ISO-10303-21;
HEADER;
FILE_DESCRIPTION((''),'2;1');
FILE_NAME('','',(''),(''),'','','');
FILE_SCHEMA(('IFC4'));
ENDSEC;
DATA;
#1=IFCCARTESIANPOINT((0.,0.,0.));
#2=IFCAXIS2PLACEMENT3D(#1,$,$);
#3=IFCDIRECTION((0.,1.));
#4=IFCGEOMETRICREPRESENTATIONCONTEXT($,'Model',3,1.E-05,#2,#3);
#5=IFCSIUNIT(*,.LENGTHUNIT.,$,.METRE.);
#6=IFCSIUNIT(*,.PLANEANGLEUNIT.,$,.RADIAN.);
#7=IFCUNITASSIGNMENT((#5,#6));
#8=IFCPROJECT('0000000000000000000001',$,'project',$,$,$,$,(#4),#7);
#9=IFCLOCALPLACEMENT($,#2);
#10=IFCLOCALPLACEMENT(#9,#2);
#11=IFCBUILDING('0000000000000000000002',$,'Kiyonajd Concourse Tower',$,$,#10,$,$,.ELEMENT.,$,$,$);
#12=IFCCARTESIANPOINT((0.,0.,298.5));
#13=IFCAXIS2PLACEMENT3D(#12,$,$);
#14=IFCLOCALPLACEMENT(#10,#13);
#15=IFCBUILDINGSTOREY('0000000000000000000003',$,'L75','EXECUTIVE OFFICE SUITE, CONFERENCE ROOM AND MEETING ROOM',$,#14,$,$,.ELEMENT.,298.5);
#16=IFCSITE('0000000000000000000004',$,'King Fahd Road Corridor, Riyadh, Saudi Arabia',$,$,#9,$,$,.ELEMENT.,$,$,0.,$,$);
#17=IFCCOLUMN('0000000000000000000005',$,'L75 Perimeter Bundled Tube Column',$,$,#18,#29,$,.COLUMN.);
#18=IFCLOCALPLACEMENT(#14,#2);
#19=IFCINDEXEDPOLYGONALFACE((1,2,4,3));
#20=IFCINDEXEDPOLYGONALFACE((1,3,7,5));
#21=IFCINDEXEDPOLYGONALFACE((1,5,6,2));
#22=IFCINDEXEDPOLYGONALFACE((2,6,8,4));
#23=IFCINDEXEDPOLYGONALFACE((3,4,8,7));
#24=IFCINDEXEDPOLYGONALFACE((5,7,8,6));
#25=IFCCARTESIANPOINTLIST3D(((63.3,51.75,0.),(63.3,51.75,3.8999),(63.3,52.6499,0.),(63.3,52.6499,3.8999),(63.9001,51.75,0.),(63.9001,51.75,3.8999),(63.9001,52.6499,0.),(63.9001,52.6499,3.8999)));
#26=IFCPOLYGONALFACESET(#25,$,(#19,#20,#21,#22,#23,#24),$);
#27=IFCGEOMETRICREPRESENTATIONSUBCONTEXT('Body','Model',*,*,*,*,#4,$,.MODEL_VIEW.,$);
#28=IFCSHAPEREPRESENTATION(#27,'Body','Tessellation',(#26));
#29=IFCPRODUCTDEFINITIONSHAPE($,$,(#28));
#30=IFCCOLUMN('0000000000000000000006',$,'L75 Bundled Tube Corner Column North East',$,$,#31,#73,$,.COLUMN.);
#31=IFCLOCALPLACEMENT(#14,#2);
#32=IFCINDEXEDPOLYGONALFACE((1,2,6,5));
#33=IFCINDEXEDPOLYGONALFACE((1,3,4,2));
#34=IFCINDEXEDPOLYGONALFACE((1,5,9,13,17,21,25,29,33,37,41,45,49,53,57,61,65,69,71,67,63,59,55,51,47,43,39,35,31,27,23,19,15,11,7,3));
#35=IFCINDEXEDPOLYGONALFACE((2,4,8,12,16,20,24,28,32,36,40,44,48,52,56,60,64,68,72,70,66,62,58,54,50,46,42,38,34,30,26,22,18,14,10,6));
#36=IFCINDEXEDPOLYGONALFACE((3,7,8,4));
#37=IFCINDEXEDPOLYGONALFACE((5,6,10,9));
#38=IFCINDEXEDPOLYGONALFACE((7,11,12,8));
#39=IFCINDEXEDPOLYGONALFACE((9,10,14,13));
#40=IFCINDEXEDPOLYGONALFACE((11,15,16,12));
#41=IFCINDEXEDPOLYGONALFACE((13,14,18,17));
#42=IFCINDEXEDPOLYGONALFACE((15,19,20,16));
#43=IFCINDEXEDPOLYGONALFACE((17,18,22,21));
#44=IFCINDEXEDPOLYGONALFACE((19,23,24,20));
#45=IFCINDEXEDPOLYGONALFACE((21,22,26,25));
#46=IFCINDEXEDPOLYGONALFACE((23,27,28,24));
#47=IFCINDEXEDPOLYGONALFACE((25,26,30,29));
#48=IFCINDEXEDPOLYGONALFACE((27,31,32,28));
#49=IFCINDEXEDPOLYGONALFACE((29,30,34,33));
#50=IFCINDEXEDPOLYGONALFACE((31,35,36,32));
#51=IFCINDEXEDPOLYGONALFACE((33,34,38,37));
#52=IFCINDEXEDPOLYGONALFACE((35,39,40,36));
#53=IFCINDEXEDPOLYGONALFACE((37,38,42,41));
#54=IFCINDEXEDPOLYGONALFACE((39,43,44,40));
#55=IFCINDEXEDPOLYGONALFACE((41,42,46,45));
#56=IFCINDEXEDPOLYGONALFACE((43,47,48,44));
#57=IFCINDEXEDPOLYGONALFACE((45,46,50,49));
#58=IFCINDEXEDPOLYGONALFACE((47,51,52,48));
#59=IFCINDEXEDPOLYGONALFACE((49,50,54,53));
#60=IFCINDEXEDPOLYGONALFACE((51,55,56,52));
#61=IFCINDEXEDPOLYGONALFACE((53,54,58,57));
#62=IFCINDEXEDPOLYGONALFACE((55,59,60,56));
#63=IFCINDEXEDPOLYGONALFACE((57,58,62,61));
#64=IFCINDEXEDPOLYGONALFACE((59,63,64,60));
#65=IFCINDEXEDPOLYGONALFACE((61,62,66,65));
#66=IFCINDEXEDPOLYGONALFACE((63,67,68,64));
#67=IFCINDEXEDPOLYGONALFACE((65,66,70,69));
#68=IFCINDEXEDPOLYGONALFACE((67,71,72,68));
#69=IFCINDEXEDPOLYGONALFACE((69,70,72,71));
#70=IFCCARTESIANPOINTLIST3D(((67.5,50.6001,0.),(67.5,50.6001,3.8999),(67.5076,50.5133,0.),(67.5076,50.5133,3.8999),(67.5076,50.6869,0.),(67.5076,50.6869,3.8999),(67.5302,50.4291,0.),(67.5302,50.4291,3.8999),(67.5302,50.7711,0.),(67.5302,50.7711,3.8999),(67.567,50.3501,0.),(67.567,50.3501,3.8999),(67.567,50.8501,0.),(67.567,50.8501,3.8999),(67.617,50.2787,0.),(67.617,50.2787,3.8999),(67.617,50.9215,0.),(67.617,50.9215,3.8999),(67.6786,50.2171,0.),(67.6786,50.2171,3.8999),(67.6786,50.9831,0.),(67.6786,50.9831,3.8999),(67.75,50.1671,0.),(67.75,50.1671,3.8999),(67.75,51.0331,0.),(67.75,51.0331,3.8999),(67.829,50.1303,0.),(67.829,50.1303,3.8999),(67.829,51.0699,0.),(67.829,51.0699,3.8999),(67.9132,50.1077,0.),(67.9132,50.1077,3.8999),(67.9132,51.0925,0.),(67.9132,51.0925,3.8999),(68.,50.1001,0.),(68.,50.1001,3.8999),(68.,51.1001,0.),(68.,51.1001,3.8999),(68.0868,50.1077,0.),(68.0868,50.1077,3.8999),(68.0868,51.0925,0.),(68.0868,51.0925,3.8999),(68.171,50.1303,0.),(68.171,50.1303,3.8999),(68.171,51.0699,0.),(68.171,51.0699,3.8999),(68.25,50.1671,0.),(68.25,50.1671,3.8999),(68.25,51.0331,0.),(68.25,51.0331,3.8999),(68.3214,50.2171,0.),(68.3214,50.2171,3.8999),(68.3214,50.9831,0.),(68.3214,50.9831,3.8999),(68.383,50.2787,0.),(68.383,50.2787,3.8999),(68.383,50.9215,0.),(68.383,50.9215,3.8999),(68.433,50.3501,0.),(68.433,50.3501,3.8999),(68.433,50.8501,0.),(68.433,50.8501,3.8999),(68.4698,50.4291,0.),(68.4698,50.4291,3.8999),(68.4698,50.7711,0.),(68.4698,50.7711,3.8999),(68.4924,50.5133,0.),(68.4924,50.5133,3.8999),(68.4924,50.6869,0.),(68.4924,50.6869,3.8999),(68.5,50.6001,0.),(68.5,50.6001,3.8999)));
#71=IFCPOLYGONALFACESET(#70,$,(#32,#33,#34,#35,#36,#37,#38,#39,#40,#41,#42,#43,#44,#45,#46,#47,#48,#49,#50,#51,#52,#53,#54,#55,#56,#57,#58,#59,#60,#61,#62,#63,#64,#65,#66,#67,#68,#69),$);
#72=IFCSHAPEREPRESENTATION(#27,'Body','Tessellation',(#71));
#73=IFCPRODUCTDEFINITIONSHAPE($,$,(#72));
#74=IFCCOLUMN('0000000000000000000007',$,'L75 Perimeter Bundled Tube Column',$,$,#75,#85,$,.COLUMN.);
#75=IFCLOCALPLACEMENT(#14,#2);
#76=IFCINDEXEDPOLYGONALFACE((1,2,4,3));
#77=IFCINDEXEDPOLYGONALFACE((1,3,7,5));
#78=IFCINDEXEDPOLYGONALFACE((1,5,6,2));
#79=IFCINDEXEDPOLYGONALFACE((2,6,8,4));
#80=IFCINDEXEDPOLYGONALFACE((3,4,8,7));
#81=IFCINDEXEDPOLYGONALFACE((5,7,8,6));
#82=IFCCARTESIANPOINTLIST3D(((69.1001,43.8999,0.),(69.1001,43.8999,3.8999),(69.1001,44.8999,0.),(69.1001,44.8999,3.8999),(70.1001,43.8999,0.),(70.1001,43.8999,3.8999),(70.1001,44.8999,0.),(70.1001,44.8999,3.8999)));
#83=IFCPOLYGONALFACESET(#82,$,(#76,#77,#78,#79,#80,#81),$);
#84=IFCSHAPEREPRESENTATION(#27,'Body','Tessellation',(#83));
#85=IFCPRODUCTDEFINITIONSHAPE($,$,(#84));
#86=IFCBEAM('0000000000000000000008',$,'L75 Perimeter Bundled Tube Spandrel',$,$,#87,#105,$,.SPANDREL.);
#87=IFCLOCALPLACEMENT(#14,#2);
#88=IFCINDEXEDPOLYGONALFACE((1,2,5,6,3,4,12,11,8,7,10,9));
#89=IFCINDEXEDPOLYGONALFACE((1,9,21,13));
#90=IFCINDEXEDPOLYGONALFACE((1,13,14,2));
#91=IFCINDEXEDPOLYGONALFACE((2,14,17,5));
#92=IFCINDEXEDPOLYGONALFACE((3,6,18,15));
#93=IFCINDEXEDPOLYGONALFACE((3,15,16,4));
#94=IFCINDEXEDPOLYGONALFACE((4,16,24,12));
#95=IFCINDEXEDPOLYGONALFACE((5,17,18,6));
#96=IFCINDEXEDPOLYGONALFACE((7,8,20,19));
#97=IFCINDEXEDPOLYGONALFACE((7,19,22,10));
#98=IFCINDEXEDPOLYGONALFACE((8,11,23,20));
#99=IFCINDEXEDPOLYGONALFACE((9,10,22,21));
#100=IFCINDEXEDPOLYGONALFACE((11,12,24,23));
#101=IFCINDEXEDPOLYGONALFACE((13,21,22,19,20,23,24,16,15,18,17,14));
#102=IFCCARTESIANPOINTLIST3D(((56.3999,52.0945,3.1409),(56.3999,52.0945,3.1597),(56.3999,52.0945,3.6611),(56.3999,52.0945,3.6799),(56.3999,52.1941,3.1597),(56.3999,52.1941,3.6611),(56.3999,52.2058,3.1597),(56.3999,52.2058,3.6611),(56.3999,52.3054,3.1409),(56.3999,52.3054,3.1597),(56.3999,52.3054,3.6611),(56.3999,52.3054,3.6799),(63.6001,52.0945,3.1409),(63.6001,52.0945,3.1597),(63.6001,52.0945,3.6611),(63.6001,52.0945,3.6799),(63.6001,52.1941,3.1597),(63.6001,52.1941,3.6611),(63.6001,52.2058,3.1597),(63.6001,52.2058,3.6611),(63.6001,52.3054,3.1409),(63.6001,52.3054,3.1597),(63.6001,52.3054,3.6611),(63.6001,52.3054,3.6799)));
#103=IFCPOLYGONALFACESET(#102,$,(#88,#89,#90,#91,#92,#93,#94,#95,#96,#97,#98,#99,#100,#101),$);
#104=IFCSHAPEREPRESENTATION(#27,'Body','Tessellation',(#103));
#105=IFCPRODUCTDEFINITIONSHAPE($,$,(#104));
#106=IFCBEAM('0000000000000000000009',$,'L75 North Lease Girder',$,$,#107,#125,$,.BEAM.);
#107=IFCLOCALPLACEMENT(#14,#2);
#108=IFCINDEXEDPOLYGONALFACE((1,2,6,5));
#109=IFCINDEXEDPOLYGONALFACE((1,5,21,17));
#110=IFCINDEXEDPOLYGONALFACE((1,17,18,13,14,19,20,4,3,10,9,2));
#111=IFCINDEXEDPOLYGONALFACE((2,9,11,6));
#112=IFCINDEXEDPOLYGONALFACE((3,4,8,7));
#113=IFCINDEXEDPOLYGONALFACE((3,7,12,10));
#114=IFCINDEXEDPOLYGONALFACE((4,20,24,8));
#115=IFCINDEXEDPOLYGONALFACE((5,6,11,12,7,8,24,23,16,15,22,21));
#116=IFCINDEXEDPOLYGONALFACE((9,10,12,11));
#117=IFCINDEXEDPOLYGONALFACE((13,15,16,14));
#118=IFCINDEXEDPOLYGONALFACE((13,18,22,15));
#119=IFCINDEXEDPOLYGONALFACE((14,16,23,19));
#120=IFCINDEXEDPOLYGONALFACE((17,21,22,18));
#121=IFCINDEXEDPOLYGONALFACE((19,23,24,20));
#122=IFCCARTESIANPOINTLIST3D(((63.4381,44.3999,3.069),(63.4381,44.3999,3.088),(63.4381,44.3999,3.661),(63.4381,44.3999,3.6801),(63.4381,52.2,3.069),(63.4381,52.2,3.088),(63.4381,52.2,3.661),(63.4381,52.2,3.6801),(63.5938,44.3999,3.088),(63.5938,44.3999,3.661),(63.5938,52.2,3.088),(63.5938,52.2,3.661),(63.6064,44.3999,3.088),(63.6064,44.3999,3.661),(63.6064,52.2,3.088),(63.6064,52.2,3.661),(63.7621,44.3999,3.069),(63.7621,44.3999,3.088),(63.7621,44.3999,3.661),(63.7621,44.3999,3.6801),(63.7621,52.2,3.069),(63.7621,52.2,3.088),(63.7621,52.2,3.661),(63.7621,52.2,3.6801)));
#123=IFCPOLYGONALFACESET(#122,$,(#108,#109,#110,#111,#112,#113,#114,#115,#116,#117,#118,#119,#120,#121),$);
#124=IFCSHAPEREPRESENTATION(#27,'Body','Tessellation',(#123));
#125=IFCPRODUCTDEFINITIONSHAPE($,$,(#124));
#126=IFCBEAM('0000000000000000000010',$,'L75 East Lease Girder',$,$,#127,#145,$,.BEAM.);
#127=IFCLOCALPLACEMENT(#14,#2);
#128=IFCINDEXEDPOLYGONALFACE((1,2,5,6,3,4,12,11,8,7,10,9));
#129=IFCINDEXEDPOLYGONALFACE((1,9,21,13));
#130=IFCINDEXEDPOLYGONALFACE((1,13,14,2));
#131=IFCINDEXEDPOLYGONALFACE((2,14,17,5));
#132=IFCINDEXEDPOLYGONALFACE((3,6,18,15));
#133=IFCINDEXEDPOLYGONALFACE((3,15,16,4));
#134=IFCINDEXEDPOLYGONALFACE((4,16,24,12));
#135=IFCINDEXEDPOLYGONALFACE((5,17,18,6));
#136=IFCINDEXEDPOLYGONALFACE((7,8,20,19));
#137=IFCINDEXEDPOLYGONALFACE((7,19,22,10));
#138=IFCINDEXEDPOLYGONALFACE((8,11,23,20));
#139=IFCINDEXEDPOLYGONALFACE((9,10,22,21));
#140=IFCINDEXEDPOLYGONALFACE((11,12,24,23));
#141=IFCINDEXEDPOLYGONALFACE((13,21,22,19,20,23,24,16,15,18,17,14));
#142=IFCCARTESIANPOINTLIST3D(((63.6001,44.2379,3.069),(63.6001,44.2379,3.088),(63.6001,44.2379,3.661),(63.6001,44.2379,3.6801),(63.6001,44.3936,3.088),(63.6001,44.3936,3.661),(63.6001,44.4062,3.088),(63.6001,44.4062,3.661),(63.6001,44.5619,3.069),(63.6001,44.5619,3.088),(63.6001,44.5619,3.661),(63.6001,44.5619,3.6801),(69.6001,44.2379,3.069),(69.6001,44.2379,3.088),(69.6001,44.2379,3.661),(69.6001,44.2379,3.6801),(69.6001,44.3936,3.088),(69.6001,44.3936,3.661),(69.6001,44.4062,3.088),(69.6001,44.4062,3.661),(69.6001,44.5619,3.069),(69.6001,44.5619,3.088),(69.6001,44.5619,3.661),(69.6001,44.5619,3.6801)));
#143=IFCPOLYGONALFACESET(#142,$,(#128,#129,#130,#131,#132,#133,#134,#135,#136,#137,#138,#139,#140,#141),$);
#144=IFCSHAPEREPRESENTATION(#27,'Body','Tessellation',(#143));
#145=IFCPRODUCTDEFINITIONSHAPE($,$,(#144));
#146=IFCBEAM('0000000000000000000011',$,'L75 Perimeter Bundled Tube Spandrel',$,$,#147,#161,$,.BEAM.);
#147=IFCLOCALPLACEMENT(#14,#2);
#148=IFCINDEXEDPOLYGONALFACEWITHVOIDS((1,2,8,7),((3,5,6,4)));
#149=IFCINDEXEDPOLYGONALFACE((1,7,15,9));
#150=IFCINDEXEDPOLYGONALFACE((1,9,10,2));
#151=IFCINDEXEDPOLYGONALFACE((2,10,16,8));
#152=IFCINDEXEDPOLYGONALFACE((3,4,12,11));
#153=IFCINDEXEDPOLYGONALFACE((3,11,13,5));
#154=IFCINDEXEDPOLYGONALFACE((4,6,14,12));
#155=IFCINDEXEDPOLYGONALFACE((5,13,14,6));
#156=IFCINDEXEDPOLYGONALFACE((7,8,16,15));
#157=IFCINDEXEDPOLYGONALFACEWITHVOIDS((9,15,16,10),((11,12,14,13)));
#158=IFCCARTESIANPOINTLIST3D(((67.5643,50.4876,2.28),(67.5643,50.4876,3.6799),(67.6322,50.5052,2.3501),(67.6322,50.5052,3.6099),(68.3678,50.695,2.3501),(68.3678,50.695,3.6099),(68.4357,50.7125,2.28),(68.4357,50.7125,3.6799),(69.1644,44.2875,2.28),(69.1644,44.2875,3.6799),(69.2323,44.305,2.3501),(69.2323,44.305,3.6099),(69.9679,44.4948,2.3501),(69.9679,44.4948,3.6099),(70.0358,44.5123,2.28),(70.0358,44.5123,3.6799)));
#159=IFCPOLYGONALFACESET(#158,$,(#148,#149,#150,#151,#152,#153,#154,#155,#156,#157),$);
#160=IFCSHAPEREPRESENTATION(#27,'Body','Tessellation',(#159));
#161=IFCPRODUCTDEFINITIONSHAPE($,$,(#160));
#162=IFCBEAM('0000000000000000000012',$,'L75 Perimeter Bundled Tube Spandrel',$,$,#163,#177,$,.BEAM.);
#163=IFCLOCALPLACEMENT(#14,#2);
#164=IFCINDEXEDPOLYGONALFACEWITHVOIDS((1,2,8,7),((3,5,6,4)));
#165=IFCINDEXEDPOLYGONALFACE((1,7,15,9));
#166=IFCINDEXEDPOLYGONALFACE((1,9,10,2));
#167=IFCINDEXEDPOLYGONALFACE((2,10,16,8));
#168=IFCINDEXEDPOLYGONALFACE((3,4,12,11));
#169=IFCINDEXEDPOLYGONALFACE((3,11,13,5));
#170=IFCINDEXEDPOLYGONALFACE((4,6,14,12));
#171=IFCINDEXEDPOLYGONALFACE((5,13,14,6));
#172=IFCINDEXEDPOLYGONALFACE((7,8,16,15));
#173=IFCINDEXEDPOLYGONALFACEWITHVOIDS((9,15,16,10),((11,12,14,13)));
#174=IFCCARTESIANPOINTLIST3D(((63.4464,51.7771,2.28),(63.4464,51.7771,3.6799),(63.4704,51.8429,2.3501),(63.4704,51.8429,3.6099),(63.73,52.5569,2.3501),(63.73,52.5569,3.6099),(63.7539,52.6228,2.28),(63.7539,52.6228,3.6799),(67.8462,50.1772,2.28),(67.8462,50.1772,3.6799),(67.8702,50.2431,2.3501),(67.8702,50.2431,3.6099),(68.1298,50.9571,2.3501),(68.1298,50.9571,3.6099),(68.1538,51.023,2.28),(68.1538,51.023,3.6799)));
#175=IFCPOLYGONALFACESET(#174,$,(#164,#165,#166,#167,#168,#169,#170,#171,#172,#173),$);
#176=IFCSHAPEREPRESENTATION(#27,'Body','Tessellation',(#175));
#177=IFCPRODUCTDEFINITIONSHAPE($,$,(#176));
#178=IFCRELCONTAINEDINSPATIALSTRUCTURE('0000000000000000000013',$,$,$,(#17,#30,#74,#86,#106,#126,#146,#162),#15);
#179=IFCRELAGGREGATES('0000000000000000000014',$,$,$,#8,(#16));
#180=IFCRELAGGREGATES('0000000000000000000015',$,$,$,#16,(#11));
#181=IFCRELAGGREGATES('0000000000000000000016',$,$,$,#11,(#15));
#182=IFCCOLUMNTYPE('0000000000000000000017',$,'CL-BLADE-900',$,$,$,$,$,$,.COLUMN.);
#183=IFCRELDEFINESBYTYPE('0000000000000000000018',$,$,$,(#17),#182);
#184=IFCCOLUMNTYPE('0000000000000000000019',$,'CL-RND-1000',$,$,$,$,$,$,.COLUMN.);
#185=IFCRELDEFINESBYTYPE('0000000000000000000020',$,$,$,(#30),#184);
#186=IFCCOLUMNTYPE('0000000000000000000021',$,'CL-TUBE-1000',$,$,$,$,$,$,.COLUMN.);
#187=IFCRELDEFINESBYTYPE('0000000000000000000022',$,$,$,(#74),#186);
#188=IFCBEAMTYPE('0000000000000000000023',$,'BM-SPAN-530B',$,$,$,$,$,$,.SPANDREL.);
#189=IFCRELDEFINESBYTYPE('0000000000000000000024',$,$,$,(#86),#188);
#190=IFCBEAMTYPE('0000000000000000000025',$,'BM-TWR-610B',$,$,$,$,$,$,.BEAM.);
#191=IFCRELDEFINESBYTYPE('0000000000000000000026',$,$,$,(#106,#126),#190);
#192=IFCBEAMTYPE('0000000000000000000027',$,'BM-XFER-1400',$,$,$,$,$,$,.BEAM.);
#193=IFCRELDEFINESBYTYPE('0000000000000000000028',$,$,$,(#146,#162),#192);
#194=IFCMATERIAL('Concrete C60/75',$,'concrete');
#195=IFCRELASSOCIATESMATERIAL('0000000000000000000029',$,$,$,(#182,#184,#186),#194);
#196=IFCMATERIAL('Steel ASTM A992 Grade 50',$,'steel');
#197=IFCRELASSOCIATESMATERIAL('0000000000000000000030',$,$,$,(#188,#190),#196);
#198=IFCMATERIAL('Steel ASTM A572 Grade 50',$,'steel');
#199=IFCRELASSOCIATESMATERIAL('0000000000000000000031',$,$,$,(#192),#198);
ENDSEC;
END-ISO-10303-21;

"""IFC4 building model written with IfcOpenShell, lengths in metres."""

from ifc_helpers import new_model, si_unit, direction, frame, origin, origin_2d, place, context, subcontext, project, spatial, rectangle, hollow_rectangle, circle, i_section, extrude, material, material_profile, profile_set, type_object, element, save


model = new_model("IFC4")

# Units and contexts
model_context = context("Model", 3, precision=1e-05, world=origin(), true_north=direction((0.0, 1.0)))
body_context = subcontext(model_context, "Body", "Model", "MODEL_VIEW")
ifc_project = project(units=[si_unit("LENGTHUNIT", "METRE"), si_unit("PLANEANGLEUNIT", "RADIAN")], contexts=[model_context])

# Site, building, storey
site_placement = place(None, origin())
site = spatial("IfcSite", under=ifc_project, at=site_placement, Name="King Fahd Road Corridor, Riyadh, Saudi Arabia", CompositionType="ELEMENT", RefElevation=0.0)
building_placement = place(site_placement, origin())
building = spatial("IfcBuilding", under=site, at=building_placement, Name="Kiyonajd Concourse Tower", CompositionType="ELEMENT")
storey_placement = place(building_placement, frame((0.0, 0.0, 298.5)))
storey = spatial("IfcBuildingStorey", under=building, at=storey_placement, Name="L75", Description="EXECUTIVE OFFICE SUITE, CONFERENCE ROOM AND MEETING ROOM", CompositionType="ELEMENT", Elevation=298.5)

# Columns
ifc_material_1 = material(Name="Concrete C60/75", Category="concrete")
ifc_material_profile_1 = material_profile(ifc_material_1, rectangle(XDim=0.6001, YDim=0.8999, at=origin_2d()), Name="RC-900x600")
ifc_profile_set_1 = profile_set([ifc_material_profile_1], Name="Concrete C60/75")
column_type_1 = type_object("IfcColumnType", Name="CL-BLADE-900", PredefinedType="COLUMN", material=ifc_profile_set_1)
column_1_placement = place(storey_placement, frame((63.6001, 52.2, 0.0), z_axis=(0.0, 0.0, 1.0), x_axis=(1.0, 0.0, 0.0)))
element("IfcColumn", 1, at=column_1_placement, inside=storey, type_object=column_type_1, Name="L75 Perimeter Bundled Tube Column", PredefinedType="COLUMN", context=body_context, shape_type="SweptSolid", body=[
    extrude(rectangle(XDim=0.6001, YDim=0.8999, at=origin_2d()), origin(), (0.0, 0.0, 1.0), 3.8999),
])
ifc_material_profile_2 = material_profile(ifc_material_1, circle(Radius=0.5, at=origin_2d()), Name="RCC-D1000")
ifc_profile_set_2 = profile_set([ifc_material_profile_2], Name="Concrete C60/75")
column_type_2 = type_object("IfcColumnType", Name="CL-RND-1000", PredefinedType="COLUMN", material=ifc_profile_set_2)
column_2_placement = place(storey_placement, frame((68.0, 50.6001, 0.0), z_axis=(0.0, 0.0, 1.0), x_axis=(1.0, 0.0, 0.0)))
element("IfcColumn", 2, at=column_2_placement, inside=storey, type_object=column_type_2, Name="L75 Bundled Tube Corner Column North East", PredefinedType="COLUMN", context=body_context, shape_type="SweptSolid", body=[
    extrude(circle(Radius=0.5, at=origin_2d()), origin(), (0.0, 0.0, 1.0), 3.8999),
])
ifc_material_profile_3 = material_profile(ifc_material_1, rectangle(XDim=1.0, YDim=1.0, at=origin_2d()), Name="RC-1000x1000")
ifc_profile_set_3 = profile_set([ifc_material_profile_3], Name="Concrete C60/75")
column_type_3 = type_object("IfcColumnType", Name="CL-TUBE-1000", PredefinedType="COLUMN", material=ifc_profile_set_3)
column_3_placement = place(storey_placement, frame((69.6001, 44.3999, 0.0), z_axis=(0.0, 0.0, 1.0), x_axis=(1.0, 0.0, 0.0)))
element("IfcColumn", 3, at=column_3_placement, inside=storey, type_object=column_type_3, Name="L75 Perimeter Bundled Tube Column", PredefinedType="COLUMN", context=body_context, shape_type="SweptSolid", body=[
    extrude(rectangle(XDim=1.0, YDim=1.0, at=origin_2d()), origin(), (0.0, 0.0, 1.0), 3.8999),
])

# Beams
ifc_material_2 = material(Name="Steel ASTM A992 Grade 50", Category="steel")
ifc_material_profile_4 = material_profile(ifc_material_2, i_section(OverallWidth=0.2109, OverallDepth=0.5391, WebThickness=0.0117, FlangeThickness=0.0188, at=origin_2d()), Name="W530X109")
ifc_profile_set_4 = profile_set([ifc_material_profile_4], Name="Steel ASTM A992 Grade 50")
beam_type_1 = type_object("IfcBeamType", Name="BM-SPAN-530B", PredefinedType="SPANDREL", material=ifc_profile_set_4)
beam_1_placement = place(storey_placement, frame((63.6001, 52.2, 3.4104), z_axis=(-1.0, 0.0, 0.0), x_axis=(0.0, -1.0, 0.0)))
element("IfcBeam", 4, at=beam_1_placement, inside=storey, type_object=beam_type_1, Name="L75 Perimeter Bundled Tube Spandrel", PredefinedType="SPANDREL", context=body_context, shape_type="SweptSolid", body=[
    extrude(i_section(OverallWidth=0.2109, OverallDepth=0.5391, WebThickness=0.0117, FlangeThickness=0.0188, at=origin_2d()), origin(), (0.0, 0.0, 1.0), 7.2002),
])
ifc_material_profile_5 = material_profile(ifc_material_2, i_section(OverallWidth=0.324, OverallDepth=0.6111, WebThickness=0.0127, FlangeThickness=0.019, at=origin_2d()), Name="W610X155")
ifc_profile_set_5 = profile_set([ifc_material_profile_5], Name="Steel ASTM A992 Grade 50")
beam_type_2 = type_object("IfcBeamType", Name="BM-TWR-610B", PredefinedType="BEAM", material=ifc_profile_set_5)
beam_2_placement = place(storey_placement, frame((63.6001, 44.3999, 3.3745), z_axis=(0.0, 1.0, 0.0), x_axis=(-1.0, 0.0, 0.0)))
element("IfcBeam", 5, at=beam_2_placement, inside=storey, type_object=beam_type_2, Name="L75 North Lease Girder", PredefinedType="BEAM", context=body_context, shape_type="SweptSolid", body=[
    extrude(i_section(OverallWidth=0.324, OverallDepth=0.6111, WebThickness=0.0127, FlangeThickness=0.019, at=origin_2d()), origin(), (0.0, 0.0, 1.0), 7.8),
])
beam_3_placement = place(storey_placement, frame((63.6001, 44.3999, 3.3745), z_axis=(1.0, 0.0, 0.0), x_axis=(0.0, 1.0, 0.0)))
element("IfcBeam", 6, at=beam_3_placement, inside=storey, type_object=beam_type_2, Name="L75 East Lease Girder", PredefinedType="BEAM", context=body_context, shape_type="SweptSolid", body=[
    extrude(i_section(OverallWidth=0.324, OverallDepth=0.6111, WebThickness=0.0127, FlangeThickness=0.019, at=origin_2d()), origin(), (0.0, 0.0, 1.0), 6.0),
])
ifc_material_3 = material(Name="Steel ASTM A572 Grade 50", Category="steel")
ifc_material_profile_6 = material_profile(ifc_material_3, hollow_rectangle(XDim=0.8999, YDim=1.3999, WallThickness=0.0701, at=origin_2d()), Name="BOX-1400x900x70")
ifc_profile_set_6 = profile_set([ifc_material_profile_6], Name="Steel ASTM A572 Grade 50")
beam_type_3 = type_object("IfcBeamType", Name="BM-XFER-1400", PredefinedType="BEAM", material=ifc_profile_set_6)
beam_4_placement = place(storey_placement, frame((69.6001, 44.3999, 2.98), z_axis=(-0.249885, 0.968276, 0.0), x_axis=(-0.968276, -0.249885, 0.0)))
element("IfcBeam", 7, at=beam_4_placement, inside=storey, type_object=beam_type_3, Name="L75 Perimeter Bundled Tube Spandrel", PredefinedType="BEAM", context=body_context, shape_type="SweptSolid", body=[
    extrude(hollow_rectangle(XDim=0.8999, YDim=1.3999, WallThickness=0.0701, at=origin_2d()), origin(), (0.0, 0.0, 1.0), 6.4033),
])
beam_5_placement = place(storey_placement, frame((68.0, 50.6001, 2.98), z_axis=(-0.939801, 0.341722, 0.0), x_axis=(-0.341722, -0.939801, 0.0)))
element("IfcBeam", 8, at=beam_5_placement, inside=storey, type_object=beam_type_3, Name="L75 Perimeter Bundled Tube Spandrel", PredefinedType="BEAM", context=body_context, shape_type="SweptSolid", body=[
    extrude(hollow_rectangle(XDim=0.8999, YDim=1.3999, WallThickness=0.0701, at=origin_2d()), origin(), (0.0, 0.0, 1.0), 4.6816),
])

save(model, "model.ifc")
